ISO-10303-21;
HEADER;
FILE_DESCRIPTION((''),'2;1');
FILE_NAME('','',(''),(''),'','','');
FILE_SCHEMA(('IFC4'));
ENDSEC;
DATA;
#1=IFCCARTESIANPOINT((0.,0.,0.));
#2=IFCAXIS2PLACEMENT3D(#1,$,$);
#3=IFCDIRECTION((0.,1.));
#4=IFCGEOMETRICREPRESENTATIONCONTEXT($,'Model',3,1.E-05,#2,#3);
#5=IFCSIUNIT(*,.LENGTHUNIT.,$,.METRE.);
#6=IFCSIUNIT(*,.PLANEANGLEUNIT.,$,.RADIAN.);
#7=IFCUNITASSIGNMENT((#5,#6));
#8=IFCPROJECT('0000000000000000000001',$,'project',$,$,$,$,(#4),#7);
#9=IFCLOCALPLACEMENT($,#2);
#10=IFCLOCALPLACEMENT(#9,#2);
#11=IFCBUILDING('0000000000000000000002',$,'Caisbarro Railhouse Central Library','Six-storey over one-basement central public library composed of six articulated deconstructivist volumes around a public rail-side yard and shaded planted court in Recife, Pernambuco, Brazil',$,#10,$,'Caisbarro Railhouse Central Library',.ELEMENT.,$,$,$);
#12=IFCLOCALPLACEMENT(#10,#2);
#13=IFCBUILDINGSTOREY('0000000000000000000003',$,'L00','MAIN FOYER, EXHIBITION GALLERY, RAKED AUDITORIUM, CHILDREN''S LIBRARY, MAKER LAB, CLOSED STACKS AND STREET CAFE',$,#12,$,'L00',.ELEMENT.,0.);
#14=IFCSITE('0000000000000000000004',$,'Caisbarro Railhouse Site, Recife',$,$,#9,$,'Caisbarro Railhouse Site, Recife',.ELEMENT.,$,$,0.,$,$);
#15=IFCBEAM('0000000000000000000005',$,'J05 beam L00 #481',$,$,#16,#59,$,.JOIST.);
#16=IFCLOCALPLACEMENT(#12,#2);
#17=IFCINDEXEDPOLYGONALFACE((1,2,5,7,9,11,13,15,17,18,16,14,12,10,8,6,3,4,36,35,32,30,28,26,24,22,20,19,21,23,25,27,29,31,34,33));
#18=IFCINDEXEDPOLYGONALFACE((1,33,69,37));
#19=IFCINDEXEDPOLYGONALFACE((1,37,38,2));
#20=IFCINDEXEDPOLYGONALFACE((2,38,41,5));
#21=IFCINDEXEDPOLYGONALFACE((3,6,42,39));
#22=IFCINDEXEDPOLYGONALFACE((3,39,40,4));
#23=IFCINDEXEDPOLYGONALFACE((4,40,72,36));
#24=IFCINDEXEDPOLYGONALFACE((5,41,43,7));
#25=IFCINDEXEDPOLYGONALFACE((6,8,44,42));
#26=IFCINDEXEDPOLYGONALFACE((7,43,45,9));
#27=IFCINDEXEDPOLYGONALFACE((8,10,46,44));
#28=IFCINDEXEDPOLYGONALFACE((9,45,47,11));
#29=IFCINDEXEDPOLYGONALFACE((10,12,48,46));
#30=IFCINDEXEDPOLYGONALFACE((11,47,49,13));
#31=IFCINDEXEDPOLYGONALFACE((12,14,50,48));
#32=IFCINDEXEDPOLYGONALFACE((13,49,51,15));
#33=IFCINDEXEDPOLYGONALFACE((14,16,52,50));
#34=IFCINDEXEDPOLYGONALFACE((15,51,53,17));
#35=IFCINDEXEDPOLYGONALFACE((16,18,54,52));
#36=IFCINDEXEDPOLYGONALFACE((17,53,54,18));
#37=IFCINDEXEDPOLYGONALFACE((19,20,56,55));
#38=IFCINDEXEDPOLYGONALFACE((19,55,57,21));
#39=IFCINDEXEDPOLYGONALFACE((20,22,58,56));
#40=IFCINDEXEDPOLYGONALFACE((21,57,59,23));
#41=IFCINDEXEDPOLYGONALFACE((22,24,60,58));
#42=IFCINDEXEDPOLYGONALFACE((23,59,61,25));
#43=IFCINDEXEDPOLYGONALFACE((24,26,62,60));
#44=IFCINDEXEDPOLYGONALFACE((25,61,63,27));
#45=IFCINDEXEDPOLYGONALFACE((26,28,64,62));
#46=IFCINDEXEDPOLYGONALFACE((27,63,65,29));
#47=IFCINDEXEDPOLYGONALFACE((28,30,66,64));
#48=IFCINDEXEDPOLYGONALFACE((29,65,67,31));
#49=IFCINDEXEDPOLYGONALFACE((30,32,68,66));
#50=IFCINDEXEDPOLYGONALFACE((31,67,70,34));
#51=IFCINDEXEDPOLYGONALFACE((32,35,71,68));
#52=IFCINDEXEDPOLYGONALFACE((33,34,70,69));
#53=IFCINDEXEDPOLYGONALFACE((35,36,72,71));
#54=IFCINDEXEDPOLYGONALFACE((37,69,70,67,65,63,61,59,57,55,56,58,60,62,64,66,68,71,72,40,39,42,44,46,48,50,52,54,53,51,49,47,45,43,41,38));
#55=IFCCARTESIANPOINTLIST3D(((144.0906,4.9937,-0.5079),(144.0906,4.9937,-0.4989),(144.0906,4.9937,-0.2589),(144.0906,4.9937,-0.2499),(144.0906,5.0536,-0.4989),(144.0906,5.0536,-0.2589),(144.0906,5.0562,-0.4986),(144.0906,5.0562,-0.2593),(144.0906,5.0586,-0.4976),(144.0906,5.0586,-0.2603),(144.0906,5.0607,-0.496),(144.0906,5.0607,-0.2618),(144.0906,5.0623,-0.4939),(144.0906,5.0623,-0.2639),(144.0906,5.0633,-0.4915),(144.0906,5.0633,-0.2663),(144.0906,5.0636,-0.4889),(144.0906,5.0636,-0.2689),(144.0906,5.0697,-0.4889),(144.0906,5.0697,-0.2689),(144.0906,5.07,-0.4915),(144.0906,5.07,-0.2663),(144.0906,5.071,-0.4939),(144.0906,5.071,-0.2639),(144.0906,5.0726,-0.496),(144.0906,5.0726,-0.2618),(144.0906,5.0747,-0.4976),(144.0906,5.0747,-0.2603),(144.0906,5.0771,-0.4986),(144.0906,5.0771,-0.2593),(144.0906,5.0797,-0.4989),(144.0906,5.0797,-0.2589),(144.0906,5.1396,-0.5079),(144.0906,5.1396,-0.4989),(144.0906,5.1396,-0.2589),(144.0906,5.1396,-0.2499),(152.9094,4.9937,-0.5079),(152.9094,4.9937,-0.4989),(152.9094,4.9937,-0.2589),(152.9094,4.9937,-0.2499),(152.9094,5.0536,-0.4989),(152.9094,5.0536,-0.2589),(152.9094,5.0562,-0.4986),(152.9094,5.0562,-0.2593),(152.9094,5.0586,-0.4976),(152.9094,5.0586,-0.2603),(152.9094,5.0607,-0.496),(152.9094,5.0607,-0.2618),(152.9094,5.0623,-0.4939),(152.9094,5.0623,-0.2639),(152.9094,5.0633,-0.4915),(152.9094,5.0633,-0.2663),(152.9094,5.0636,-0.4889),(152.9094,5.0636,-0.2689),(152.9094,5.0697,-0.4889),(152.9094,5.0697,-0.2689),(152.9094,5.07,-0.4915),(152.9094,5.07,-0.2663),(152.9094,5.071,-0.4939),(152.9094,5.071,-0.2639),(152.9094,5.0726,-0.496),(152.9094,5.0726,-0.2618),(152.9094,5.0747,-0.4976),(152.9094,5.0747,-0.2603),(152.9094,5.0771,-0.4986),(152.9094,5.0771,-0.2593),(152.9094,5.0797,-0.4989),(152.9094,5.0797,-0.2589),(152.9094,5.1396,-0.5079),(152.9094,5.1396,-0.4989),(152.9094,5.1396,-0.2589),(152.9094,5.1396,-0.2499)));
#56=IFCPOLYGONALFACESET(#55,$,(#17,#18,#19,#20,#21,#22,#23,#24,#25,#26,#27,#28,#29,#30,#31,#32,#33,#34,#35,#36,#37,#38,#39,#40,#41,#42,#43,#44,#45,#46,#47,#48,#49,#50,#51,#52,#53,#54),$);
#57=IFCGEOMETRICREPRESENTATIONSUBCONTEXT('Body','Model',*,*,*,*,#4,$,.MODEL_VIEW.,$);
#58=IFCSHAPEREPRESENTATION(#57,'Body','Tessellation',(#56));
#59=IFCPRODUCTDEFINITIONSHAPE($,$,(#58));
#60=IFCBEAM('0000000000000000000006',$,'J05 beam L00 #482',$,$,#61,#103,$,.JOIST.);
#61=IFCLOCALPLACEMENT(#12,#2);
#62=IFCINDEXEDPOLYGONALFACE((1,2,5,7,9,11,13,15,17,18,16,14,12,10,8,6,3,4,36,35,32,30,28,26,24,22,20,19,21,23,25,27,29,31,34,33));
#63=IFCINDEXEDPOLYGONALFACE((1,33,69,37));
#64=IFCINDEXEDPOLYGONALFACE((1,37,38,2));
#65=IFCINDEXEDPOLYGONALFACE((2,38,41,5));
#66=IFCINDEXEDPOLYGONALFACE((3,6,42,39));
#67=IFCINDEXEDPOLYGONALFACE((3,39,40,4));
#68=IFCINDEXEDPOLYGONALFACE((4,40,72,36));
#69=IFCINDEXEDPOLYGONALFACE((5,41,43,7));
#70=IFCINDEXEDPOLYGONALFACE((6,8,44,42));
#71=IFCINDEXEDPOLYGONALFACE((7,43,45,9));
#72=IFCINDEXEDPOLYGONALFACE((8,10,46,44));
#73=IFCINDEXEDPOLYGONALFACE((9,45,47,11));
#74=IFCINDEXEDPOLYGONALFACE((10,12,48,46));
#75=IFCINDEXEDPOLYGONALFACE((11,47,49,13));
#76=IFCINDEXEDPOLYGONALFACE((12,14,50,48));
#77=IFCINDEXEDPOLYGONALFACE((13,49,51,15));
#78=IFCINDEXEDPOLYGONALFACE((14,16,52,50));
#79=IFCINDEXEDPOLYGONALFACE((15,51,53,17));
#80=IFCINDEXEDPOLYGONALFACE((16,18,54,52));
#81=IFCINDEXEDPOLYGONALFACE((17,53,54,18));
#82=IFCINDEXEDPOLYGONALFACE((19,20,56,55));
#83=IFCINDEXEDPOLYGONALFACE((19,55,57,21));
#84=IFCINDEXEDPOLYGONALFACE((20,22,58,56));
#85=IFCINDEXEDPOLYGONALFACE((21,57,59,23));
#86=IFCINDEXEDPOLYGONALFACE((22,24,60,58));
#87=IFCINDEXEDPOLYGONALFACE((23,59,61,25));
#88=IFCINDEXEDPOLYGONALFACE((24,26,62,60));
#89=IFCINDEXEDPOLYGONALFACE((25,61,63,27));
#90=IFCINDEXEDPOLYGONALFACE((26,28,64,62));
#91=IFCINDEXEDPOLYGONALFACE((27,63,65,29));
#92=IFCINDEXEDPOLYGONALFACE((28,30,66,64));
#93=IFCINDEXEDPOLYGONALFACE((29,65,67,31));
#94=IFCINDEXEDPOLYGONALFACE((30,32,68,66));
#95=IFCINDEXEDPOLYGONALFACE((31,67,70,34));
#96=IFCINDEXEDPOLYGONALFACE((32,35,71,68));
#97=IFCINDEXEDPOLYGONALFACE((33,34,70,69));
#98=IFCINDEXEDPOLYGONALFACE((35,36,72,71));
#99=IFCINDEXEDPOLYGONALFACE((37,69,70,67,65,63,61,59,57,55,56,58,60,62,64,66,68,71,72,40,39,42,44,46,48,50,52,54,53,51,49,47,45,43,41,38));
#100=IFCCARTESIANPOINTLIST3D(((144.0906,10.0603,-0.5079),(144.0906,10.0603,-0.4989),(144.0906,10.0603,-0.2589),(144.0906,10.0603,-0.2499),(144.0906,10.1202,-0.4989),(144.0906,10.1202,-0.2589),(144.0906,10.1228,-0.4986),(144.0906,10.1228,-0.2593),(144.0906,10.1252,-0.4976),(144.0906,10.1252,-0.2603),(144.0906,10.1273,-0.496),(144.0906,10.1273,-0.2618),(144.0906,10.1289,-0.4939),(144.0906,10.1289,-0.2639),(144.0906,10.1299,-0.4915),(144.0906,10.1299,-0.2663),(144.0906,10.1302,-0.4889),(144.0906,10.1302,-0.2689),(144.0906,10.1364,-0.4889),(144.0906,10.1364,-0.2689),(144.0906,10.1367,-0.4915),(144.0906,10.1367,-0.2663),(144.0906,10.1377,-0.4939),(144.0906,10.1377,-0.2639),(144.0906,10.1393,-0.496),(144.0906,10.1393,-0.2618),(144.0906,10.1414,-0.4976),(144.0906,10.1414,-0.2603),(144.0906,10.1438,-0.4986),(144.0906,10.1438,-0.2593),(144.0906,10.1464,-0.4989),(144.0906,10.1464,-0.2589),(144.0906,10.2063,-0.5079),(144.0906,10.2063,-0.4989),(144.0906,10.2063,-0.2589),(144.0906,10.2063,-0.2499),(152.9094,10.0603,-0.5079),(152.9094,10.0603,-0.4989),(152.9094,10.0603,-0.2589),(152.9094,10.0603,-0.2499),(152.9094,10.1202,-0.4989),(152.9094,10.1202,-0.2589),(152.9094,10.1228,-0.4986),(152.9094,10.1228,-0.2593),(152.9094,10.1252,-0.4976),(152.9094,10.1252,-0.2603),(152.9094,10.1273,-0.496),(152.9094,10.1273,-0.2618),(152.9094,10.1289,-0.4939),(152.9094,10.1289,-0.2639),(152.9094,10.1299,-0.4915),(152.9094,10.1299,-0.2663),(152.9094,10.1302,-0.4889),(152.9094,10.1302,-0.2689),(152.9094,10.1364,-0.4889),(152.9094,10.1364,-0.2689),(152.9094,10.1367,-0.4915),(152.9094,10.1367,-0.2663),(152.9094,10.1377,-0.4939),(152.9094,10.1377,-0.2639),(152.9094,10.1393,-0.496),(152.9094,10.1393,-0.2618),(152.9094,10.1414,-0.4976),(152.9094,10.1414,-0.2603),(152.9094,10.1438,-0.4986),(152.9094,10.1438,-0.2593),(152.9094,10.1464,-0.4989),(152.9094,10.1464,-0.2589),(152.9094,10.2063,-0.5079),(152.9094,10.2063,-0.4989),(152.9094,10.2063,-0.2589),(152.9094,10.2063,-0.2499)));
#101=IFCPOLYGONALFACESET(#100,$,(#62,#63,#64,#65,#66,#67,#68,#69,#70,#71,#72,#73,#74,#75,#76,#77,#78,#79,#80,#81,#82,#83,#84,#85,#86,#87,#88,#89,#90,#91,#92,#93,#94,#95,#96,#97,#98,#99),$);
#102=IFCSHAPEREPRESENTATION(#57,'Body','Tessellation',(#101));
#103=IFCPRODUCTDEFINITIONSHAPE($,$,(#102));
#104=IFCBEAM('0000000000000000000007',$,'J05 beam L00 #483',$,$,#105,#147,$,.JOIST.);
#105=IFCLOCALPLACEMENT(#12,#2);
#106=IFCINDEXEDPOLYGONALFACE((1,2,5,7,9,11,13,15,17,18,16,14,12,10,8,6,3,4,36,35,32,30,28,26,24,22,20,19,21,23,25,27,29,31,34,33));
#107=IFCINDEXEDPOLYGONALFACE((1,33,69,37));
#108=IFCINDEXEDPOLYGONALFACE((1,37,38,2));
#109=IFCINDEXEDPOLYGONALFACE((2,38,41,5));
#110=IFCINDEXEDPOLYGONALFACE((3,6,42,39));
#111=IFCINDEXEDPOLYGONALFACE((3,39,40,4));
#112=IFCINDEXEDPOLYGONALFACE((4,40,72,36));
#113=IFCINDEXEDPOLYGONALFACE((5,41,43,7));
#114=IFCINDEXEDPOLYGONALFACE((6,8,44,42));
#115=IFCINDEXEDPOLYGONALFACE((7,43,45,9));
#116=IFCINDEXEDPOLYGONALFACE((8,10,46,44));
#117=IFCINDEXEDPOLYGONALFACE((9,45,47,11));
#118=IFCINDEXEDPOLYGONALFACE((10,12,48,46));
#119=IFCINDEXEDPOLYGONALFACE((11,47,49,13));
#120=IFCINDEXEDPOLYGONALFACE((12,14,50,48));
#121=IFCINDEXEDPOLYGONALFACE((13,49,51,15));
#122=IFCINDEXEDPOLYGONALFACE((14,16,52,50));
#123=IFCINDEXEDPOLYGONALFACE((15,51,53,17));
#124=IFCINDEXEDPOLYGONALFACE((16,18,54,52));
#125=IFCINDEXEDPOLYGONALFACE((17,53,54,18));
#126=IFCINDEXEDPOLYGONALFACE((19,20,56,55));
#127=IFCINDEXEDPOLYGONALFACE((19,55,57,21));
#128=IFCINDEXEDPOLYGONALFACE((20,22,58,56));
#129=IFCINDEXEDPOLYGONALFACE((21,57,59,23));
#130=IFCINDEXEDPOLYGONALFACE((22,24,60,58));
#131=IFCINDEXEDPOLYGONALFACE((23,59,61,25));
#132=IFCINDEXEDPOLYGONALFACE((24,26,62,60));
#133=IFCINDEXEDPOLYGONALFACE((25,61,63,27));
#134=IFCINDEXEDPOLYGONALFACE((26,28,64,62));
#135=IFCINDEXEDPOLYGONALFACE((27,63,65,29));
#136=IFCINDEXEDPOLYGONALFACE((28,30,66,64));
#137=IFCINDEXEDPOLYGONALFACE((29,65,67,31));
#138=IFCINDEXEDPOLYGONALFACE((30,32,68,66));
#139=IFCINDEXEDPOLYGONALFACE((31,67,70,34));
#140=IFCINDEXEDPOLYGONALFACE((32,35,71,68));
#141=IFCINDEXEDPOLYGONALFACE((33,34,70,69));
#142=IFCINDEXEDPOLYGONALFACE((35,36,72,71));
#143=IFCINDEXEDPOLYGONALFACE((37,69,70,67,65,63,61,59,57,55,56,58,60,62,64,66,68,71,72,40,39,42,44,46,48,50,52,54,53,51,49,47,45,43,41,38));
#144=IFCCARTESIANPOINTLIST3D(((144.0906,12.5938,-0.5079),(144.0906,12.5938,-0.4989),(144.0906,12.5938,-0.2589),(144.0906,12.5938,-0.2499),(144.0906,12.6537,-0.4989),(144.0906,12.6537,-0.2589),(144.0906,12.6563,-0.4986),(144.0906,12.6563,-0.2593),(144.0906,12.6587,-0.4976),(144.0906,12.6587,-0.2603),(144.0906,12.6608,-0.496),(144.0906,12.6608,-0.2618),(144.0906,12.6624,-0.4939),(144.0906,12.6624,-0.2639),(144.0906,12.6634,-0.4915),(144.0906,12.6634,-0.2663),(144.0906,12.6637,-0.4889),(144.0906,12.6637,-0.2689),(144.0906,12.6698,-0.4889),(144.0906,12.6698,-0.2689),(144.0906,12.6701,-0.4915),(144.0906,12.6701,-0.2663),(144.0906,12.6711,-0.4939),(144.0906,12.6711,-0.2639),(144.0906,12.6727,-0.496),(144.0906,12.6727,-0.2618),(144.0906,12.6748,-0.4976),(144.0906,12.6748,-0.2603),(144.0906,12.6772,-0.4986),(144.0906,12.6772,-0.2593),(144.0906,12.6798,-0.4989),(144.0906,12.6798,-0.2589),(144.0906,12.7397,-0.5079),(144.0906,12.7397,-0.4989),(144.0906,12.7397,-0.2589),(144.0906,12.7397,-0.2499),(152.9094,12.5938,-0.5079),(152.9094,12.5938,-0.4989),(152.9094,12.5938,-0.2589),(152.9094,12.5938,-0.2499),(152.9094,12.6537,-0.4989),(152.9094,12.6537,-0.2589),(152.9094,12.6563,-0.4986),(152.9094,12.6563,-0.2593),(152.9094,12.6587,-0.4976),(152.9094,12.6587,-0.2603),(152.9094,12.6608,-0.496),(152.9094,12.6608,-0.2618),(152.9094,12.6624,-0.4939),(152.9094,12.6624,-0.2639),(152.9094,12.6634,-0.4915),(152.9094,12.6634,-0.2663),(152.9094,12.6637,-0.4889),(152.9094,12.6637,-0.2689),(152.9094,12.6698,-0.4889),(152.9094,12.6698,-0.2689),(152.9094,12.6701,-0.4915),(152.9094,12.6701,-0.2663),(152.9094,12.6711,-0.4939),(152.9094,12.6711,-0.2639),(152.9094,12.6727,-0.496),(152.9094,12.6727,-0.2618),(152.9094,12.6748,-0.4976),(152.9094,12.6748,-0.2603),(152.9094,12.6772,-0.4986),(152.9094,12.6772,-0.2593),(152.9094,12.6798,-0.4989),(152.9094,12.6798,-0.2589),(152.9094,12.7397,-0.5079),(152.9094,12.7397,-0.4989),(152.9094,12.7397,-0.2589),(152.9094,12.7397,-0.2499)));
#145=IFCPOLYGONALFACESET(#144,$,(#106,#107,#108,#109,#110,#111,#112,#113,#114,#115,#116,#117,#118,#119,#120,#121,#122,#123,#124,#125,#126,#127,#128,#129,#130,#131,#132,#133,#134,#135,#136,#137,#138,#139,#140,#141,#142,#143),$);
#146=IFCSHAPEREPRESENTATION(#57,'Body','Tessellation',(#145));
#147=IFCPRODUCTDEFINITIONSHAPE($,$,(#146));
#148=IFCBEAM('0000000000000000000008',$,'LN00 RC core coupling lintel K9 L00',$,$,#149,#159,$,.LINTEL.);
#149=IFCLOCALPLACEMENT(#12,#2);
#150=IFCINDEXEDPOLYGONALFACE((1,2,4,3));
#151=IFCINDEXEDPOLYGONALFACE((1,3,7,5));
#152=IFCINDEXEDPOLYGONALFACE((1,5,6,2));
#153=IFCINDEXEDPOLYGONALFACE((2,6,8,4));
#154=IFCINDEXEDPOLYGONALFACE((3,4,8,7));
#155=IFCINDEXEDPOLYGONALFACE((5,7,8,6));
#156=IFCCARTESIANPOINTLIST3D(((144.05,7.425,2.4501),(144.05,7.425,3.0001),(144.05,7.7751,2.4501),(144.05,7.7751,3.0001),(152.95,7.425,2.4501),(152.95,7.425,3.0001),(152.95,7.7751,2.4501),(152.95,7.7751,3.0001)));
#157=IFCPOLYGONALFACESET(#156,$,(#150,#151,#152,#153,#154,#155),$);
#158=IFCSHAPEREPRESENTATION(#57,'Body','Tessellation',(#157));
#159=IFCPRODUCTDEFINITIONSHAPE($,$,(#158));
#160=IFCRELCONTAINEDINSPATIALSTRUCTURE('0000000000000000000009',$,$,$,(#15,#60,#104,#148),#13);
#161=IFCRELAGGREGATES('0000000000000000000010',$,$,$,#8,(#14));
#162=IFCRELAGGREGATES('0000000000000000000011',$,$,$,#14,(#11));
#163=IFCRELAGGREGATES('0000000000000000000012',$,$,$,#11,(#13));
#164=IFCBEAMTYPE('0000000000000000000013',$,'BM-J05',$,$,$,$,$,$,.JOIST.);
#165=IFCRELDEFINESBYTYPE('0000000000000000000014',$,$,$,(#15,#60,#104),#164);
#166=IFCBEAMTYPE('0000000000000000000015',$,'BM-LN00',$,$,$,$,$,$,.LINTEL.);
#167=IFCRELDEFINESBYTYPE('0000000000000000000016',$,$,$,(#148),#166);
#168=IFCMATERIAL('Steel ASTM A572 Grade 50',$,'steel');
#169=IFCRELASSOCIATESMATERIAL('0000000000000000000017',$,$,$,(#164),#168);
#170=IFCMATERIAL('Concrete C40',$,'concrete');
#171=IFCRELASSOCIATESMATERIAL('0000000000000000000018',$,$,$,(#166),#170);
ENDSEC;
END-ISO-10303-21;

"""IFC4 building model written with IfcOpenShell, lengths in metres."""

from ifc_helpers import new_model, si_unit, direction, frame, origin, origin_2d, place, context, subcontext, project, spatial, rectangle, i_section, extrude, material, material_profile, profile_set, type_object, element, save


model = new_model("IFC4")

# Units and contexts
model_context = context("Model", 3, precision=1e-05, world=origin(), true_north=direction((0.0, 1.0)))
body_context = subcontext(model_context, "Body", "Model", "MODEL_VIEW")
ifc_project = project(units=[si_unit("LENGTHUNIT", "METRE"), si_unit("PLANEANGLEUNIT", "RADIAN")], contexts=[model_context])

# Site, building, storey
site_placement = place(None, origin())
site = spatial("IfcSite", under=ifc_project, at=site_placement, Name="Caisbarro Railhouse Site, Recife", LongName="Caisbarro Railhouse Site, Recife", CompositionType="ELEMENT", RefElevation=0.0)
building_placement = place(site_placement, origin())
building = spatial("IfcBuilding", under=site, at=building_placement, Name="Caisbarro Railhouse Central Library", Description="Six-storey over one-basement central public library composed of six articulated deconstructivist volumes around a public rail-side yard and shaded planted court in Recife, Pernambuco, Brazil", LongName="Caisbarro Railhouse Central Library", CompositionType="ELEMENT")
storey_placement = place(building_placement, origin())
storey = spatial("IfcBuildingStorey", under=building, at=storey_placement, Name="L00", Description="MAIN FOYER, EXHIBITION GALLERY, RAKED AUDITORIUM, CHILDREN'S LIBRARY, MAKER LAB, CLOSED STACKS AND STREET CAFE", LongName="L00", CompositionType="ELEMENT", Elevation=0.0)

# Shared definitions
ifc_material_1 = material(Name="Steel ASTM A572 Grade 50", Category="steel")

# Beams
ifc_material_profile_1 = material_profile(ifc_material_1, i_section(OverallWidth=0.146, OverallDepth=0.2581, WebThickness=0.0061, FlangeThickness=0.009, FilletRadius=0.01, at=origin_2d()), Name="W250X32.7")
ifc_profile_set_1 = profile_set([ifc_material_profile_1], Name="Steel ASTM A572 Grade 50")
beam_type_1 = type_object("IfcBeamType", Name="BM-J05", PredefinedType="JOIST", material=ifc_profile_set_1)
for number, where, z_axis, x_axis, name in (
    (1, (144.0906, 5.0667, -0.3789), (1.0, 0.0, 0.0), (0.0, 1.0, 0.0), "J05 beam L00 #481"),
    (2, (144.0906, 10.1333, -0.3789), (1.0, 0.0, 0.0), (0.0, 1.0, 0.0), "J05 beam L00 #482"),
    (3, (144.0906, 12.6667, -0.3789), (1.0, 0.0, 0.0), (0.0, 1.0, 0.0), "J05 beam L00 #483"),
):
    element("IfcBeam", number, at=place(storey_placement, frame(where, z_axis=z_axis, x_axis=x_axis)), inside=storey, type_object=beam_type_1, Name=name, PredefinedType="JOIST", context=body_context, shape_type="SweptSolid", body=[
        extrude(i_section(OverallWidth=0.146, OverallDepth=0.2581, WebThickness=0.0061, FlangeThickness=0.009, FilletRadius=0.01, at=origin_2d()), origin(), (0.0, 0.0, 1.0), 8.8188),
    ])
ifc_material_2 = material(Name="Concrete C40", Category="concrete")
ifc_material_profile_2 = material_profile(ifc_material_2, rectangle(XDim=0.3501, YDim=0.55, at=origin_2d()), Name="RC-LIN-350X550")
ifc_profile_set_2 = profile_set([ifc_material_profile_2], Name="Concrete C40")
beam_type_2 = type_object("IfcBeamType", Name="BM-LN00", PredefinedType="LINTEL", material=ifc_profile_set_2)
beam_1_placement = place(storey_placement, frame((144.05, 7.6001, 2.7251), z_axis=(1.0, 0.0, 0.0), x_axis=(0.0, 1.0, 0.0)))
element("IfcBeam", 4, at=beam_1_placement, inside=storey, type_object=beam_type_2, Name="LN00 RC core coupling lintel K9 L00", PredefinedType="LINTEL", context=body_context, shape_type="SweptSolid", body=[
    extrude(rectangle(XDim=0.3501, YDim=0.55, at=origin_2d()), origin(), (0.0, 0.0, 1.0), 8.8999),
])

save(model, "model.ifc")
